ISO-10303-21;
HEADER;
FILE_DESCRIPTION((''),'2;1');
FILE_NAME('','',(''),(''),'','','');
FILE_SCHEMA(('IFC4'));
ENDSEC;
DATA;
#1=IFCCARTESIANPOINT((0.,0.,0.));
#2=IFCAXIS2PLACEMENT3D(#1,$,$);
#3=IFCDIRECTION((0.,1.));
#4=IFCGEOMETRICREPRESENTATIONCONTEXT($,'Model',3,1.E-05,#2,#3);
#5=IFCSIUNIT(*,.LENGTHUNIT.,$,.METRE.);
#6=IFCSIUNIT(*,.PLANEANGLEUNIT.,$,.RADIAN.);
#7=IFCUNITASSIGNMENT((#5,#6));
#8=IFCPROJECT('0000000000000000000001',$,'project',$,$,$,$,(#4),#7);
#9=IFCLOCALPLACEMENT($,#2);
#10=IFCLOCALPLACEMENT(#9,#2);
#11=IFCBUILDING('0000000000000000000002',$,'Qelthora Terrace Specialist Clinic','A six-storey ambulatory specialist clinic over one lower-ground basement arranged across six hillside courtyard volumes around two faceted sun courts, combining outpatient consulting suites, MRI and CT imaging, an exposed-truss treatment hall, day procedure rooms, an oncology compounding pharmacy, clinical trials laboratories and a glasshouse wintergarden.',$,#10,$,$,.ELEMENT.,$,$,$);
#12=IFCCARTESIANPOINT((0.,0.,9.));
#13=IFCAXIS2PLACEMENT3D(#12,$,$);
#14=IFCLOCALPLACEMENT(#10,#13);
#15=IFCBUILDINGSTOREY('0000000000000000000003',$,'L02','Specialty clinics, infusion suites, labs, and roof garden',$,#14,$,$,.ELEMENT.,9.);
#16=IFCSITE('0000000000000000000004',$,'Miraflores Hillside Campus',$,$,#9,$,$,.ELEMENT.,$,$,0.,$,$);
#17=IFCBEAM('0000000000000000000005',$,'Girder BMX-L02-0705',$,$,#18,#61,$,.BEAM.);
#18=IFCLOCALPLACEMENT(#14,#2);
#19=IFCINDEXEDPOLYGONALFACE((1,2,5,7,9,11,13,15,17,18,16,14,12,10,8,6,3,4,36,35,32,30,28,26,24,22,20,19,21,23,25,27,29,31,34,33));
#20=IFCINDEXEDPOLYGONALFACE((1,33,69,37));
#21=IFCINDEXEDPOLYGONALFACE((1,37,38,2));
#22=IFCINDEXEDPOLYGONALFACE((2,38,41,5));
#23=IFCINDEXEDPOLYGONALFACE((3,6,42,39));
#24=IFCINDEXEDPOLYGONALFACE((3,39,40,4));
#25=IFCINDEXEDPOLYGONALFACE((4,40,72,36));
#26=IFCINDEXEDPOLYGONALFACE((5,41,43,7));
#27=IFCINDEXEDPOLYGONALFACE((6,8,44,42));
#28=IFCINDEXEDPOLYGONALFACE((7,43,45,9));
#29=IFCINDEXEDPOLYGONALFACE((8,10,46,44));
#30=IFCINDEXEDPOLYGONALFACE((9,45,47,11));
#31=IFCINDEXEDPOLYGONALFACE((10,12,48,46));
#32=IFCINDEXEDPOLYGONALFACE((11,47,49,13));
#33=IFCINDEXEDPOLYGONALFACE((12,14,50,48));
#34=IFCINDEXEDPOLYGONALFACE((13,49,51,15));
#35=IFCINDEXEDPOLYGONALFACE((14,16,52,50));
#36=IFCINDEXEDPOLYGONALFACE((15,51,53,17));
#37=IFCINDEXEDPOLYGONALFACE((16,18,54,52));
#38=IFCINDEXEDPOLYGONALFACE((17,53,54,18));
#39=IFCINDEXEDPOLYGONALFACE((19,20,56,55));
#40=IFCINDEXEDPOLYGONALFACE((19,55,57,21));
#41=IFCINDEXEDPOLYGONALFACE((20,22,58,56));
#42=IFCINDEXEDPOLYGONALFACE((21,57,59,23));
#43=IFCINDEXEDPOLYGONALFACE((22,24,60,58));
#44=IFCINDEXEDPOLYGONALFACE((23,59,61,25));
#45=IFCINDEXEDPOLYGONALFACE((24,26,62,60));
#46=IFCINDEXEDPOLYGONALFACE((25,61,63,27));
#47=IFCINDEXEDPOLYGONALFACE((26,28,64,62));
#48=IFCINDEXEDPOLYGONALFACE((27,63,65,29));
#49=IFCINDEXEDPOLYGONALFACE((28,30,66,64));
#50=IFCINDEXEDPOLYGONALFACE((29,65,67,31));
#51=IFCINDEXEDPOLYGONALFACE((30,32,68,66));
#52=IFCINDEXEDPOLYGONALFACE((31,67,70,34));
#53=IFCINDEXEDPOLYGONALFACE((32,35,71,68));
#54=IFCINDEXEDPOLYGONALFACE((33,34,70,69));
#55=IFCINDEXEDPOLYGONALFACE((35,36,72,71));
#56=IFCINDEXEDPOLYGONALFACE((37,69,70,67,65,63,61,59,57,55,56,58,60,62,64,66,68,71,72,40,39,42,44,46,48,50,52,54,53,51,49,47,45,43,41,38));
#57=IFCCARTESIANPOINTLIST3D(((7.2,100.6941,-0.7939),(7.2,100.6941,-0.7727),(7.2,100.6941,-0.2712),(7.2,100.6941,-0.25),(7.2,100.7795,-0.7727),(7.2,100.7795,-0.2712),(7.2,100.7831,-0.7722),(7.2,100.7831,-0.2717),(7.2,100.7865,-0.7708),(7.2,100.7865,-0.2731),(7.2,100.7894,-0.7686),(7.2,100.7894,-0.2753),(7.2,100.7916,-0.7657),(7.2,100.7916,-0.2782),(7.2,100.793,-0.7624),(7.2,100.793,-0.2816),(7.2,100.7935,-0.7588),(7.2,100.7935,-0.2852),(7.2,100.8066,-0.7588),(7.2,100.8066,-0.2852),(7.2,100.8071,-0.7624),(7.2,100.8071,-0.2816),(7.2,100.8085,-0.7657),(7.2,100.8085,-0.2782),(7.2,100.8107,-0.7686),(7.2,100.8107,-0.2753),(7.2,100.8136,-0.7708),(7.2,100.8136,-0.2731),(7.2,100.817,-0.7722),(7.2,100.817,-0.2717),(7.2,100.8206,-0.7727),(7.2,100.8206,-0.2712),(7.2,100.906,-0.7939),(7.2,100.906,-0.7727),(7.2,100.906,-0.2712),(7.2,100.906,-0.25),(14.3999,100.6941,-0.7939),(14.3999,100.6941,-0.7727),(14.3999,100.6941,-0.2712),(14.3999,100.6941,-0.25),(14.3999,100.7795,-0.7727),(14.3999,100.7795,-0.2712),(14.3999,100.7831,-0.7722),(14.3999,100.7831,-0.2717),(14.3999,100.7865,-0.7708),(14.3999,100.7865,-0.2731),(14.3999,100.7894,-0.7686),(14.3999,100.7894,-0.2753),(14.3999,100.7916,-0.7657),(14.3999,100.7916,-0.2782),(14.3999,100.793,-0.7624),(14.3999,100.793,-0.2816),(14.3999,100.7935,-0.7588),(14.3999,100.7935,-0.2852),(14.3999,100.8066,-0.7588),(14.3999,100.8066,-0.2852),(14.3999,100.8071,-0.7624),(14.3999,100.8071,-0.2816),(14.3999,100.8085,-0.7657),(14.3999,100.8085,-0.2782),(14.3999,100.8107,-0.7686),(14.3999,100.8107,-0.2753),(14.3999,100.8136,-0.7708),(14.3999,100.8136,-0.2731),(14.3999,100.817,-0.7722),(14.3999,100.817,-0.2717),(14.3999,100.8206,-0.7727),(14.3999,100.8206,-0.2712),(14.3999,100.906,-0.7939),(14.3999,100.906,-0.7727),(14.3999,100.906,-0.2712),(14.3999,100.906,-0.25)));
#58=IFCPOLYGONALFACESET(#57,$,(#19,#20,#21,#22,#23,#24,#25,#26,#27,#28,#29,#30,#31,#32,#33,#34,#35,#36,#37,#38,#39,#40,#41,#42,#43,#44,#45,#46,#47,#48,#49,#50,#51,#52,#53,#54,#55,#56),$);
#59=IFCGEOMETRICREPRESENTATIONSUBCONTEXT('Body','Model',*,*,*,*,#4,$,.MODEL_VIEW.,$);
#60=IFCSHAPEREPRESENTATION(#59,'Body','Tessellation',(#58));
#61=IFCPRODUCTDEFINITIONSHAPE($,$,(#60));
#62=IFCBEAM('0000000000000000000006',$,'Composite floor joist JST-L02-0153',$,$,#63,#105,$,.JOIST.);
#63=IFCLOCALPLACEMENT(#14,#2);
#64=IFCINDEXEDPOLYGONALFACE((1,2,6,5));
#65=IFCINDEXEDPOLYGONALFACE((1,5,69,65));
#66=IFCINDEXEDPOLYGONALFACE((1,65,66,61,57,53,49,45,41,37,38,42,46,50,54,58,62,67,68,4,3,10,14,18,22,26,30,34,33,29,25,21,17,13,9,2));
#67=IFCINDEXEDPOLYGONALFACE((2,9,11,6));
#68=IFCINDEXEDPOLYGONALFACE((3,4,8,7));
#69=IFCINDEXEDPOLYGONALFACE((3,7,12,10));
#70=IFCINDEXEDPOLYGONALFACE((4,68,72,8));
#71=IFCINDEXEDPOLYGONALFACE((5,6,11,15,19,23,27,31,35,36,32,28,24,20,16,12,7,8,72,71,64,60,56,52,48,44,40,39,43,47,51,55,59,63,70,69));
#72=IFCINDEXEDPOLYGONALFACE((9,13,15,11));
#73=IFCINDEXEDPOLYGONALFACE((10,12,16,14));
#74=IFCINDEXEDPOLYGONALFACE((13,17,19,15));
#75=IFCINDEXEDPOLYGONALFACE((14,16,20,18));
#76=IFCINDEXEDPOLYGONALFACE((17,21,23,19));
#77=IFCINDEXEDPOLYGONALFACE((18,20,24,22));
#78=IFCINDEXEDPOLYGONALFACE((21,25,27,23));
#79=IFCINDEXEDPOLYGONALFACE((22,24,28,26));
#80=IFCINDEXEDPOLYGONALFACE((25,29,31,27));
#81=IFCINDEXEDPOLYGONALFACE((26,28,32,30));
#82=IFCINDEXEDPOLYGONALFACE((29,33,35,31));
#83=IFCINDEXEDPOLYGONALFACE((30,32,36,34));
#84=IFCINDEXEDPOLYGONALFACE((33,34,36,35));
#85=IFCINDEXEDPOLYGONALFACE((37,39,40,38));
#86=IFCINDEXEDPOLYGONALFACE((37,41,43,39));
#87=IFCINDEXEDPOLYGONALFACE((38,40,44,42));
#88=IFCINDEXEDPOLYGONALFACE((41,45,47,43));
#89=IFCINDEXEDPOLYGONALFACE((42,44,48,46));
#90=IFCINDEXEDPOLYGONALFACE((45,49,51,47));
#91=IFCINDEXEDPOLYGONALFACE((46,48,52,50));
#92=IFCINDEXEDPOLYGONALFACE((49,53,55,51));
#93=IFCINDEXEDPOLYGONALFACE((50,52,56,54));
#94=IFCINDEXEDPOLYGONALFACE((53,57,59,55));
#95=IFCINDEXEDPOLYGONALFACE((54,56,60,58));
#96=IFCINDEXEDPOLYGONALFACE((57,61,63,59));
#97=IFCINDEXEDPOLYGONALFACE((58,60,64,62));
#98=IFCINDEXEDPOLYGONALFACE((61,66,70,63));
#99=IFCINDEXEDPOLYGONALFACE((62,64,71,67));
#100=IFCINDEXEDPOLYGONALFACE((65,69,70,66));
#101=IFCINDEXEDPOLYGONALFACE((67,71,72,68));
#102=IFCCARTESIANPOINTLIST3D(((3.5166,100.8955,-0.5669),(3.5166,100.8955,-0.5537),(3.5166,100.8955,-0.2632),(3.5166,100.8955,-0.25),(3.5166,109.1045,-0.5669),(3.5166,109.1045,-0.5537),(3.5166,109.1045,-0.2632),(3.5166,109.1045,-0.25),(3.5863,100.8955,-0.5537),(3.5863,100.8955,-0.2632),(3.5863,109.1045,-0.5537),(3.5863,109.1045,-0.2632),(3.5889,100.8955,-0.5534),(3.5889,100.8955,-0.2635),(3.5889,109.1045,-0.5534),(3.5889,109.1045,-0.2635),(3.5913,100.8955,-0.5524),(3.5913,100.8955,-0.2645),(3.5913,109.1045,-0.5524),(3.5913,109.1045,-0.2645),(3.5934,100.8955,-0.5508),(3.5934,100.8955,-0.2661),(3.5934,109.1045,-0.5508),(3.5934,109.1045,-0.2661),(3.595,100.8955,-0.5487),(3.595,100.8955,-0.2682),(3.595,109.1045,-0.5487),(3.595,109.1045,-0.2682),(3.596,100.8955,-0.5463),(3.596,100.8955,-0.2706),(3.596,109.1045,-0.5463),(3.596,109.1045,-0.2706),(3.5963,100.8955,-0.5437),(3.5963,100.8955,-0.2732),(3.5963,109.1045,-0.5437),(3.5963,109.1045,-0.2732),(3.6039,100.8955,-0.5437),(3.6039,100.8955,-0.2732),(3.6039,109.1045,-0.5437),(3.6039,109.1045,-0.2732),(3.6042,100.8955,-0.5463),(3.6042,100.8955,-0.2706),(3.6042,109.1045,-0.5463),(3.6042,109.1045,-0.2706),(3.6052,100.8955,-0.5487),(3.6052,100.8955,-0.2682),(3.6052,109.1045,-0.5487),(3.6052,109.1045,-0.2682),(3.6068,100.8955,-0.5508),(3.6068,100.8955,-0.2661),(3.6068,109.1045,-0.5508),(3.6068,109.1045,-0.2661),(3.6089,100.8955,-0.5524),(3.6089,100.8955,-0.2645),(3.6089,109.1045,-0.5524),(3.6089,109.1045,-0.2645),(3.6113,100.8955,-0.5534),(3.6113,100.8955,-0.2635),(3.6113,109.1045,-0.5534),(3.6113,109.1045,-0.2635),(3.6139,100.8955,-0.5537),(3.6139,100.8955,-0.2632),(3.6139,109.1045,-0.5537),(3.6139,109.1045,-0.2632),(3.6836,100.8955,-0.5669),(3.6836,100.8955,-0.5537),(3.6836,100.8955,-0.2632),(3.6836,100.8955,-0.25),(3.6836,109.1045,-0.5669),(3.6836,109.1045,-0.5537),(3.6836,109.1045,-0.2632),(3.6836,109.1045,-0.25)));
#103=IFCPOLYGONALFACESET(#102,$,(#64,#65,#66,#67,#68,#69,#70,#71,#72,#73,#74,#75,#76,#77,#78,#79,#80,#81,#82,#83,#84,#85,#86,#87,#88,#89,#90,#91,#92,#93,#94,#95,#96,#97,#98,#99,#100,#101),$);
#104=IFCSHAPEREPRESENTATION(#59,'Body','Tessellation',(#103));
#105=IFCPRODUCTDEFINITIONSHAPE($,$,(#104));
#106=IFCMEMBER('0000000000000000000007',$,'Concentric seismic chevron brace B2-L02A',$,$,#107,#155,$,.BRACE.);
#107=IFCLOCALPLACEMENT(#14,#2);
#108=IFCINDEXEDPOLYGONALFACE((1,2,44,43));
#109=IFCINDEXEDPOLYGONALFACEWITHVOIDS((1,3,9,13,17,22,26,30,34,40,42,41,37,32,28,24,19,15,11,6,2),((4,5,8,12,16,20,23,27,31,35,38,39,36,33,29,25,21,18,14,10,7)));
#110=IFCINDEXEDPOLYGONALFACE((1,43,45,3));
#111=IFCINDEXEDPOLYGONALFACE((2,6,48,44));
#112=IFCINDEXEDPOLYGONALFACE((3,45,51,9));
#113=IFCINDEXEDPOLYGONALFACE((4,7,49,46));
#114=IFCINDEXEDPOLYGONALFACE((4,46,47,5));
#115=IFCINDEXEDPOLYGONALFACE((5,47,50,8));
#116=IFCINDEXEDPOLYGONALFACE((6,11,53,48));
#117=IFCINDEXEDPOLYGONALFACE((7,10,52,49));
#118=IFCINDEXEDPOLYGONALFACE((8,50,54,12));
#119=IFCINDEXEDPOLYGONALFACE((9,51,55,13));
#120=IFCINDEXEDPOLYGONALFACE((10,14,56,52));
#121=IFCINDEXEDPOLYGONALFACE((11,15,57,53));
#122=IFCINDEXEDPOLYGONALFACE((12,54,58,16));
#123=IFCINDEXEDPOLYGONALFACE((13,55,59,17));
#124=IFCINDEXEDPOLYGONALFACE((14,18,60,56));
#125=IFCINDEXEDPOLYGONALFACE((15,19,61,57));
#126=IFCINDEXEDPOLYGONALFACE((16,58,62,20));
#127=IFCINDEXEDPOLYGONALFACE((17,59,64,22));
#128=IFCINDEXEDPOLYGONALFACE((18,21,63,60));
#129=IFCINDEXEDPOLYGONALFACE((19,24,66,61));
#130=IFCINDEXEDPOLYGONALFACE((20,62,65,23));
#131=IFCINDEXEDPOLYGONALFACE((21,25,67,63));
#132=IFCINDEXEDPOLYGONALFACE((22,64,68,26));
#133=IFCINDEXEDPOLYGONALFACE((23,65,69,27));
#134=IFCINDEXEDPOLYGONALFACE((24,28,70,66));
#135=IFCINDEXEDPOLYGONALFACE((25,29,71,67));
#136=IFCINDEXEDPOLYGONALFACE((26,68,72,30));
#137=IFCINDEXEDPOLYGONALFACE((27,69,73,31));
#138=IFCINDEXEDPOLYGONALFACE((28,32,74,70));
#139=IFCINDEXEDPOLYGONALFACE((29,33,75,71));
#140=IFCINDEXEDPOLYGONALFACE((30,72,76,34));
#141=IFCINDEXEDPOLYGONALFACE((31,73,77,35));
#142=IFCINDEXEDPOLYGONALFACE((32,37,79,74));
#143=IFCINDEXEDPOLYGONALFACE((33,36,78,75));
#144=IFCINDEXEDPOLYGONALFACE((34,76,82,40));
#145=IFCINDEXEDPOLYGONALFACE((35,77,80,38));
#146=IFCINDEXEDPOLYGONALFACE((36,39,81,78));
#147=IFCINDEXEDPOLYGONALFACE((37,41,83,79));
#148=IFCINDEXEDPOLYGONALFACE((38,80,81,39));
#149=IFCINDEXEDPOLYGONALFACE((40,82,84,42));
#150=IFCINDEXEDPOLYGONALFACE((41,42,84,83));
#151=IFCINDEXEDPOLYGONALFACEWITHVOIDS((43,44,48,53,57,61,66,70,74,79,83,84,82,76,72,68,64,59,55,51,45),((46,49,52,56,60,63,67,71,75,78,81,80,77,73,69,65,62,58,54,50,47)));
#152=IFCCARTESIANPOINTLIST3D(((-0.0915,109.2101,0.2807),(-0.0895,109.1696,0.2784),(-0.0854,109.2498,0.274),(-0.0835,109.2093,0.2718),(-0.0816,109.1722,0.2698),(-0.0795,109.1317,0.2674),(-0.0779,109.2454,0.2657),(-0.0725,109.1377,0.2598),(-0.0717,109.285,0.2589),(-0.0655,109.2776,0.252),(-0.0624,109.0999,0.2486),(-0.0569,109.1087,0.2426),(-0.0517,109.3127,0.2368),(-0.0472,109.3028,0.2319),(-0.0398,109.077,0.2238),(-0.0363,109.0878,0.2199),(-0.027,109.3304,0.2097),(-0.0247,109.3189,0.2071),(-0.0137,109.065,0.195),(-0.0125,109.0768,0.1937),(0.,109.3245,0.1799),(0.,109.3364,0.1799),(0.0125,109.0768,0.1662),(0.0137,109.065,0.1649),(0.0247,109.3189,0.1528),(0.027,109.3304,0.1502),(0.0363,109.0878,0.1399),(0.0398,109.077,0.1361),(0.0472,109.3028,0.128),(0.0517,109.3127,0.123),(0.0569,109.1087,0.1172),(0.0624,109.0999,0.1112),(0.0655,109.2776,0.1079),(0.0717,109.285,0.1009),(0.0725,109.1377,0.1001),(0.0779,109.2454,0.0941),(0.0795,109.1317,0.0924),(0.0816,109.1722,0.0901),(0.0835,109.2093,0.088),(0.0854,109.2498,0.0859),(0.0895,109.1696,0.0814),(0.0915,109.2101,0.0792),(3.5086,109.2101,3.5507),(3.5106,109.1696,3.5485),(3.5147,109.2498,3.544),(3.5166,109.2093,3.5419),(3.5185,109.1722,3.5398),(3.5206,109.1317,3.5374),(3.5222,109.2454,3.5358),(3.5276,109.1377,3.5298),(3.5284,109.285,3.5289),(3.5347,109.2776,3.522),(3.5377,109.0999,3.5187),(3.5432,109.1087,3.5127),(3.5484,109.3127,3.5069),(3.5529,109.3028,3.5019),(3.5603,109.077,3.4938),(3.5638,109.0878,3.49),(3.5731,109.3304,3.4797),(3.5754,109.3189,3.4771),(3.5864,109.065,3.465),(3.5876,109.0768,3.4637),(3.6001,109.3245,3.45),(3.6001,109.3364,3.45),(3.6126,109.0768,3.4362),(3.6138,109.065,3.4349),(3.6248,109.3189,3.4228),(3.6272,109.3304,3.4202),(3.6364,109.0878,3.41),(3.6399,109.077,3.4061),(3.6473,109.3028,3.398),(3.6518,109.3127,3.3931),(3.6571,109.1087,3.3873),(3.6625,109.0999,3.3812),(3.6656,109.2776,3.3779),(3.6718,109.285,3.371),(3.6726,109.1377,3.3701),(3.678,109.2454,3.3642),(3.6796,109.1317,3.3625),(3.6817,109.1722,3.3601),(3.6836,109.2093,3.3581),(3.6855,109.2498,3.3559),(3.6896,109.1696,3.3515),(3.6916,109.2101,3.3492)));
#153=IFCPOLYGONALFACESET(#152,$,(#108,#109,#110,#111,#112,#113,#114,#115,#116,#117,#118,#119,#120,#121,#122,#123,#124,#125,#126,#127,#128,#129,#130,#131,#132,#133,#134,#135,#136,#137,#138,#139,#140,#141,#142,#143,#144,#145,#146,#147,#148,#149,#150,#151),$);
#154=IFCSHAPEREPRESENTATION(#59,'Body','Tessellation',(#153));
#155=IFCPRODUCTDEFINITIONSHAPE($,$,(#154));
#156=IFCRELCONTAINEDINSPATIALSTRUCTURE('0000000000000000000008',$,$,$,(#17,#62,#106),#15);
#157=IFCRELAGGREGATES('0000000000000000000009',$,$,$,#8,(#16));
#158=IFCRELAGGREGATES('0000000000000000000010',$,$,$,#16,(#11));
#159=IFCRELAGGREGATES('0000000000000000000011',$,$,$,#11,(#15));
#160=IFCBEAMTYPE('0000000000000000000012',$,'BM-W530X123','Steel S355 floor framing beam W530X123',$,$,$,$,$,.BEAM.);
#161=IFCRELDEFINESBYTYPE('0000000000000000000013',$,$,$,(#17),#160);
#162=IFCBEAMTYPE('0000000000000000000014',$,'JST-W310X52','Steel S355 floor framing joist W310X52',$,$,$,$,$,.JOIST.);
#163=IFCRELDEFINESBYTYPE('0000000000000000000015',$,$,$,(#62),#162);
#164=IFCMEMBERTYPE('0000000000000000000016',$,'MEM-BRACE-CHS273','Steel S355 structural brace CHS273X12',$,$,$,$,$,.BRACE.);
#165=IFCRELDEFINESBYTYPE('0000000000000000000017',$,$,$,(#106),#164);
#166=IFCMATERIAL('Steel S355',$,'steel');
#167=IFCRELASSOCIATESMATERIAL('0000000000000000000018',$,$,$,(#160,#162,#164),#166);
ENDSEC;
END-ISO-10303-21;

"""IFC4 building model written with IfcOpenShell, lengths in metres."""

from ifc_helpers import new_model, si_unit, direction, frame, origin, origin_2d, place, context, subcontext, project, spatial, hollow_circle, i_section, extrude, material, material_profile, profile_set, type_object, element, save


model = new_model("IFC4")

# Units and contexts
model_context = context("Model", 3, precision=1e-05, world=origin(), true_north=direction((0.0, 1.0)))
body_context = subcontext(model_context, "Body", "Model", "MODEL_VIEW")
ifc_project = project(units=[si_unit("LENGTHUNIT", "METRE"), si_unit("PLANEANGLEUNIT", "RADIAN")], contexts=[model_context])

# Site, building, storey
site_placement = place(None, origin())
site = spatial("IfcSite", under=ifc_project, at=site_placement, Name="Miraflores Hillside Campus", CompositionType="ELEMENT", RefElevation=0.0)
building_placement = place(site_placement, origin())
building = spatial("IfcBuilding", under=site, at=building_placement, Name="Qelthora Terrace Specialist Clinic", Description="A six-storey ambulatory specialist clinic over one lower-ground basement arranged across six hillside courtyard volumes around two faceted sun courts, combining outpatient consulting suites, MRI and CT imaging, an exposed-truss treatment hall, day procedure rooms, an oncology compounding pharmacy, clinical trials laboratories and a glasshouse wintergarden.", CompositionType="ELEMENT")
storey_placement = place(building_placement, frame((0.0, 0.0, 9.0)))
storey = spatial("IfcBuildingStorey", under=building, at=storey_placement, Name="L02", Description="Specialty clinics, infusion suites, labs, and roof garden", CompositionType="ELEMENT", Elevation=9.0)

# Shared definitions
ifc_material_1 = material(Name="Steel S355", Category="steel")

# Beams
ifc_material_profile_1 = material_profile(ifc_material_1, i_section(OverallWidth=0.2119, OverallDepth=0.5439, WebThickness=0.0132, FlangeThickness=0.0212, FilletRadius=0.0139, at=origin_2d()), Name="W530X123")
ifc_profile_set_1 = profile_set([ifc_material_profile_1], Name="Steel S355")
beam_type_1 = type_object("IfcBeamType", Name="BM-W530X123", Description="Steel S355 floor framing beam W530X123", PredefinedType="BEAM", material=ifc_profile_set_1)
beam_1_placement = place(storey_placement, frame((7.2, 100.8, -0.522), z_axis=(1.0, 0.0, 0.0), x_axis=(0.0, 1.0, 0.0)))
element("IfcBeam", 1, at=beam_1_placement, inside=storey, type_object=beam_type_1, Name="Girder BMX-L02-0705", PredefinedType="BEAM", context=body_context, shape_type="SweptSolid", body=[
    extrude(i_section(OverallWidth=0.2119, OverallDepth=0.5439, WebThickness=0.0132, FlangeThickness=0.0212, FilletRadius=0.0139, at=origin_2d()), origin(), (0.0, 0.0, 1.0), 7.2),
])
ifc_material_profile_2 = material_profile(ifc_material_1, i_section(OverallWidth=0.167, OverallDepth=0.3169, WebThickness=0.0076, FlangeThickness=0.0132, FilletRadius=0.01, at=origin_2d()), Name="W310X52")
ifc_profile_set_2 = profile_set([ifc_material_profile_2], Name="Steel S355")
beam_type_2 = type_object("IfcBeamType", Name="JST-W310X52", Description="Steel S355 floor framing joist W310X52", PredefinedType="JOIST", material=ifc_profile_set_2)
beam_2_placement = place(storey_placement, frame((3.6001, 100.8955, -0.4084), z_axis=(0.0, 1.0, 0.0), x_axis=(-1.0, 0.0, 0.0)))
element("IfcBeam", 2, at=beam_2_placement, inside=storey, type_object=beam_type_2, Name="Composite floor joist JST-L02-0153", PredefinedType="JOIST", context=body_context, shape_type="SweptSolid", body=[
    extrude(i_section(OverallWidth=0.167, OverallDepth=0.3169, WebThickness=0.0076, FlangeThickness=0.0132, FilletRadius=0.01, at=origin_2d()), origin(), (0.0, 0.0, 1.0), 8.209),
])

# Member
ifc_material_profile_3 = material_profile(ifc_material_1, hollow_circle(Radius=0.1365, WallThickness=0.012, at=origin_2d()), Name="CHS273X12")
ifc_profile_set_3 = profile_set([ifc_material_profile_3], Name="Steel S355")
member_type = type_object("IfcMemberType", Name="MEM-BRACE-CHS273", Description="Steel S355 structural brace CHS273X12", PredefinedType="BRACE", material=ifc_profile_set_3)
member_placement = place(storey_placement, frame((0.0, 109.2, 0.1799), z_axis=(0.740226, 0.0, 0.672358), x_axis=(0.0, 1.0, 0.0)))
element("IfcMember", 3, at=member_placement, inside=storey, type_object=member_type, Name="Concentric seismic chevron brace B2-L02A", PredefinedType="BRACE", context=body_context, shape_type="SweptSolid", body=[
    extrude(hollow_circle(Radius=0.1365, WallThickness=0.012, at=origin_2d()), origin(), (0.0, 0.0, 1.0), 4.8635),
])

save(model, "model.ifc")
